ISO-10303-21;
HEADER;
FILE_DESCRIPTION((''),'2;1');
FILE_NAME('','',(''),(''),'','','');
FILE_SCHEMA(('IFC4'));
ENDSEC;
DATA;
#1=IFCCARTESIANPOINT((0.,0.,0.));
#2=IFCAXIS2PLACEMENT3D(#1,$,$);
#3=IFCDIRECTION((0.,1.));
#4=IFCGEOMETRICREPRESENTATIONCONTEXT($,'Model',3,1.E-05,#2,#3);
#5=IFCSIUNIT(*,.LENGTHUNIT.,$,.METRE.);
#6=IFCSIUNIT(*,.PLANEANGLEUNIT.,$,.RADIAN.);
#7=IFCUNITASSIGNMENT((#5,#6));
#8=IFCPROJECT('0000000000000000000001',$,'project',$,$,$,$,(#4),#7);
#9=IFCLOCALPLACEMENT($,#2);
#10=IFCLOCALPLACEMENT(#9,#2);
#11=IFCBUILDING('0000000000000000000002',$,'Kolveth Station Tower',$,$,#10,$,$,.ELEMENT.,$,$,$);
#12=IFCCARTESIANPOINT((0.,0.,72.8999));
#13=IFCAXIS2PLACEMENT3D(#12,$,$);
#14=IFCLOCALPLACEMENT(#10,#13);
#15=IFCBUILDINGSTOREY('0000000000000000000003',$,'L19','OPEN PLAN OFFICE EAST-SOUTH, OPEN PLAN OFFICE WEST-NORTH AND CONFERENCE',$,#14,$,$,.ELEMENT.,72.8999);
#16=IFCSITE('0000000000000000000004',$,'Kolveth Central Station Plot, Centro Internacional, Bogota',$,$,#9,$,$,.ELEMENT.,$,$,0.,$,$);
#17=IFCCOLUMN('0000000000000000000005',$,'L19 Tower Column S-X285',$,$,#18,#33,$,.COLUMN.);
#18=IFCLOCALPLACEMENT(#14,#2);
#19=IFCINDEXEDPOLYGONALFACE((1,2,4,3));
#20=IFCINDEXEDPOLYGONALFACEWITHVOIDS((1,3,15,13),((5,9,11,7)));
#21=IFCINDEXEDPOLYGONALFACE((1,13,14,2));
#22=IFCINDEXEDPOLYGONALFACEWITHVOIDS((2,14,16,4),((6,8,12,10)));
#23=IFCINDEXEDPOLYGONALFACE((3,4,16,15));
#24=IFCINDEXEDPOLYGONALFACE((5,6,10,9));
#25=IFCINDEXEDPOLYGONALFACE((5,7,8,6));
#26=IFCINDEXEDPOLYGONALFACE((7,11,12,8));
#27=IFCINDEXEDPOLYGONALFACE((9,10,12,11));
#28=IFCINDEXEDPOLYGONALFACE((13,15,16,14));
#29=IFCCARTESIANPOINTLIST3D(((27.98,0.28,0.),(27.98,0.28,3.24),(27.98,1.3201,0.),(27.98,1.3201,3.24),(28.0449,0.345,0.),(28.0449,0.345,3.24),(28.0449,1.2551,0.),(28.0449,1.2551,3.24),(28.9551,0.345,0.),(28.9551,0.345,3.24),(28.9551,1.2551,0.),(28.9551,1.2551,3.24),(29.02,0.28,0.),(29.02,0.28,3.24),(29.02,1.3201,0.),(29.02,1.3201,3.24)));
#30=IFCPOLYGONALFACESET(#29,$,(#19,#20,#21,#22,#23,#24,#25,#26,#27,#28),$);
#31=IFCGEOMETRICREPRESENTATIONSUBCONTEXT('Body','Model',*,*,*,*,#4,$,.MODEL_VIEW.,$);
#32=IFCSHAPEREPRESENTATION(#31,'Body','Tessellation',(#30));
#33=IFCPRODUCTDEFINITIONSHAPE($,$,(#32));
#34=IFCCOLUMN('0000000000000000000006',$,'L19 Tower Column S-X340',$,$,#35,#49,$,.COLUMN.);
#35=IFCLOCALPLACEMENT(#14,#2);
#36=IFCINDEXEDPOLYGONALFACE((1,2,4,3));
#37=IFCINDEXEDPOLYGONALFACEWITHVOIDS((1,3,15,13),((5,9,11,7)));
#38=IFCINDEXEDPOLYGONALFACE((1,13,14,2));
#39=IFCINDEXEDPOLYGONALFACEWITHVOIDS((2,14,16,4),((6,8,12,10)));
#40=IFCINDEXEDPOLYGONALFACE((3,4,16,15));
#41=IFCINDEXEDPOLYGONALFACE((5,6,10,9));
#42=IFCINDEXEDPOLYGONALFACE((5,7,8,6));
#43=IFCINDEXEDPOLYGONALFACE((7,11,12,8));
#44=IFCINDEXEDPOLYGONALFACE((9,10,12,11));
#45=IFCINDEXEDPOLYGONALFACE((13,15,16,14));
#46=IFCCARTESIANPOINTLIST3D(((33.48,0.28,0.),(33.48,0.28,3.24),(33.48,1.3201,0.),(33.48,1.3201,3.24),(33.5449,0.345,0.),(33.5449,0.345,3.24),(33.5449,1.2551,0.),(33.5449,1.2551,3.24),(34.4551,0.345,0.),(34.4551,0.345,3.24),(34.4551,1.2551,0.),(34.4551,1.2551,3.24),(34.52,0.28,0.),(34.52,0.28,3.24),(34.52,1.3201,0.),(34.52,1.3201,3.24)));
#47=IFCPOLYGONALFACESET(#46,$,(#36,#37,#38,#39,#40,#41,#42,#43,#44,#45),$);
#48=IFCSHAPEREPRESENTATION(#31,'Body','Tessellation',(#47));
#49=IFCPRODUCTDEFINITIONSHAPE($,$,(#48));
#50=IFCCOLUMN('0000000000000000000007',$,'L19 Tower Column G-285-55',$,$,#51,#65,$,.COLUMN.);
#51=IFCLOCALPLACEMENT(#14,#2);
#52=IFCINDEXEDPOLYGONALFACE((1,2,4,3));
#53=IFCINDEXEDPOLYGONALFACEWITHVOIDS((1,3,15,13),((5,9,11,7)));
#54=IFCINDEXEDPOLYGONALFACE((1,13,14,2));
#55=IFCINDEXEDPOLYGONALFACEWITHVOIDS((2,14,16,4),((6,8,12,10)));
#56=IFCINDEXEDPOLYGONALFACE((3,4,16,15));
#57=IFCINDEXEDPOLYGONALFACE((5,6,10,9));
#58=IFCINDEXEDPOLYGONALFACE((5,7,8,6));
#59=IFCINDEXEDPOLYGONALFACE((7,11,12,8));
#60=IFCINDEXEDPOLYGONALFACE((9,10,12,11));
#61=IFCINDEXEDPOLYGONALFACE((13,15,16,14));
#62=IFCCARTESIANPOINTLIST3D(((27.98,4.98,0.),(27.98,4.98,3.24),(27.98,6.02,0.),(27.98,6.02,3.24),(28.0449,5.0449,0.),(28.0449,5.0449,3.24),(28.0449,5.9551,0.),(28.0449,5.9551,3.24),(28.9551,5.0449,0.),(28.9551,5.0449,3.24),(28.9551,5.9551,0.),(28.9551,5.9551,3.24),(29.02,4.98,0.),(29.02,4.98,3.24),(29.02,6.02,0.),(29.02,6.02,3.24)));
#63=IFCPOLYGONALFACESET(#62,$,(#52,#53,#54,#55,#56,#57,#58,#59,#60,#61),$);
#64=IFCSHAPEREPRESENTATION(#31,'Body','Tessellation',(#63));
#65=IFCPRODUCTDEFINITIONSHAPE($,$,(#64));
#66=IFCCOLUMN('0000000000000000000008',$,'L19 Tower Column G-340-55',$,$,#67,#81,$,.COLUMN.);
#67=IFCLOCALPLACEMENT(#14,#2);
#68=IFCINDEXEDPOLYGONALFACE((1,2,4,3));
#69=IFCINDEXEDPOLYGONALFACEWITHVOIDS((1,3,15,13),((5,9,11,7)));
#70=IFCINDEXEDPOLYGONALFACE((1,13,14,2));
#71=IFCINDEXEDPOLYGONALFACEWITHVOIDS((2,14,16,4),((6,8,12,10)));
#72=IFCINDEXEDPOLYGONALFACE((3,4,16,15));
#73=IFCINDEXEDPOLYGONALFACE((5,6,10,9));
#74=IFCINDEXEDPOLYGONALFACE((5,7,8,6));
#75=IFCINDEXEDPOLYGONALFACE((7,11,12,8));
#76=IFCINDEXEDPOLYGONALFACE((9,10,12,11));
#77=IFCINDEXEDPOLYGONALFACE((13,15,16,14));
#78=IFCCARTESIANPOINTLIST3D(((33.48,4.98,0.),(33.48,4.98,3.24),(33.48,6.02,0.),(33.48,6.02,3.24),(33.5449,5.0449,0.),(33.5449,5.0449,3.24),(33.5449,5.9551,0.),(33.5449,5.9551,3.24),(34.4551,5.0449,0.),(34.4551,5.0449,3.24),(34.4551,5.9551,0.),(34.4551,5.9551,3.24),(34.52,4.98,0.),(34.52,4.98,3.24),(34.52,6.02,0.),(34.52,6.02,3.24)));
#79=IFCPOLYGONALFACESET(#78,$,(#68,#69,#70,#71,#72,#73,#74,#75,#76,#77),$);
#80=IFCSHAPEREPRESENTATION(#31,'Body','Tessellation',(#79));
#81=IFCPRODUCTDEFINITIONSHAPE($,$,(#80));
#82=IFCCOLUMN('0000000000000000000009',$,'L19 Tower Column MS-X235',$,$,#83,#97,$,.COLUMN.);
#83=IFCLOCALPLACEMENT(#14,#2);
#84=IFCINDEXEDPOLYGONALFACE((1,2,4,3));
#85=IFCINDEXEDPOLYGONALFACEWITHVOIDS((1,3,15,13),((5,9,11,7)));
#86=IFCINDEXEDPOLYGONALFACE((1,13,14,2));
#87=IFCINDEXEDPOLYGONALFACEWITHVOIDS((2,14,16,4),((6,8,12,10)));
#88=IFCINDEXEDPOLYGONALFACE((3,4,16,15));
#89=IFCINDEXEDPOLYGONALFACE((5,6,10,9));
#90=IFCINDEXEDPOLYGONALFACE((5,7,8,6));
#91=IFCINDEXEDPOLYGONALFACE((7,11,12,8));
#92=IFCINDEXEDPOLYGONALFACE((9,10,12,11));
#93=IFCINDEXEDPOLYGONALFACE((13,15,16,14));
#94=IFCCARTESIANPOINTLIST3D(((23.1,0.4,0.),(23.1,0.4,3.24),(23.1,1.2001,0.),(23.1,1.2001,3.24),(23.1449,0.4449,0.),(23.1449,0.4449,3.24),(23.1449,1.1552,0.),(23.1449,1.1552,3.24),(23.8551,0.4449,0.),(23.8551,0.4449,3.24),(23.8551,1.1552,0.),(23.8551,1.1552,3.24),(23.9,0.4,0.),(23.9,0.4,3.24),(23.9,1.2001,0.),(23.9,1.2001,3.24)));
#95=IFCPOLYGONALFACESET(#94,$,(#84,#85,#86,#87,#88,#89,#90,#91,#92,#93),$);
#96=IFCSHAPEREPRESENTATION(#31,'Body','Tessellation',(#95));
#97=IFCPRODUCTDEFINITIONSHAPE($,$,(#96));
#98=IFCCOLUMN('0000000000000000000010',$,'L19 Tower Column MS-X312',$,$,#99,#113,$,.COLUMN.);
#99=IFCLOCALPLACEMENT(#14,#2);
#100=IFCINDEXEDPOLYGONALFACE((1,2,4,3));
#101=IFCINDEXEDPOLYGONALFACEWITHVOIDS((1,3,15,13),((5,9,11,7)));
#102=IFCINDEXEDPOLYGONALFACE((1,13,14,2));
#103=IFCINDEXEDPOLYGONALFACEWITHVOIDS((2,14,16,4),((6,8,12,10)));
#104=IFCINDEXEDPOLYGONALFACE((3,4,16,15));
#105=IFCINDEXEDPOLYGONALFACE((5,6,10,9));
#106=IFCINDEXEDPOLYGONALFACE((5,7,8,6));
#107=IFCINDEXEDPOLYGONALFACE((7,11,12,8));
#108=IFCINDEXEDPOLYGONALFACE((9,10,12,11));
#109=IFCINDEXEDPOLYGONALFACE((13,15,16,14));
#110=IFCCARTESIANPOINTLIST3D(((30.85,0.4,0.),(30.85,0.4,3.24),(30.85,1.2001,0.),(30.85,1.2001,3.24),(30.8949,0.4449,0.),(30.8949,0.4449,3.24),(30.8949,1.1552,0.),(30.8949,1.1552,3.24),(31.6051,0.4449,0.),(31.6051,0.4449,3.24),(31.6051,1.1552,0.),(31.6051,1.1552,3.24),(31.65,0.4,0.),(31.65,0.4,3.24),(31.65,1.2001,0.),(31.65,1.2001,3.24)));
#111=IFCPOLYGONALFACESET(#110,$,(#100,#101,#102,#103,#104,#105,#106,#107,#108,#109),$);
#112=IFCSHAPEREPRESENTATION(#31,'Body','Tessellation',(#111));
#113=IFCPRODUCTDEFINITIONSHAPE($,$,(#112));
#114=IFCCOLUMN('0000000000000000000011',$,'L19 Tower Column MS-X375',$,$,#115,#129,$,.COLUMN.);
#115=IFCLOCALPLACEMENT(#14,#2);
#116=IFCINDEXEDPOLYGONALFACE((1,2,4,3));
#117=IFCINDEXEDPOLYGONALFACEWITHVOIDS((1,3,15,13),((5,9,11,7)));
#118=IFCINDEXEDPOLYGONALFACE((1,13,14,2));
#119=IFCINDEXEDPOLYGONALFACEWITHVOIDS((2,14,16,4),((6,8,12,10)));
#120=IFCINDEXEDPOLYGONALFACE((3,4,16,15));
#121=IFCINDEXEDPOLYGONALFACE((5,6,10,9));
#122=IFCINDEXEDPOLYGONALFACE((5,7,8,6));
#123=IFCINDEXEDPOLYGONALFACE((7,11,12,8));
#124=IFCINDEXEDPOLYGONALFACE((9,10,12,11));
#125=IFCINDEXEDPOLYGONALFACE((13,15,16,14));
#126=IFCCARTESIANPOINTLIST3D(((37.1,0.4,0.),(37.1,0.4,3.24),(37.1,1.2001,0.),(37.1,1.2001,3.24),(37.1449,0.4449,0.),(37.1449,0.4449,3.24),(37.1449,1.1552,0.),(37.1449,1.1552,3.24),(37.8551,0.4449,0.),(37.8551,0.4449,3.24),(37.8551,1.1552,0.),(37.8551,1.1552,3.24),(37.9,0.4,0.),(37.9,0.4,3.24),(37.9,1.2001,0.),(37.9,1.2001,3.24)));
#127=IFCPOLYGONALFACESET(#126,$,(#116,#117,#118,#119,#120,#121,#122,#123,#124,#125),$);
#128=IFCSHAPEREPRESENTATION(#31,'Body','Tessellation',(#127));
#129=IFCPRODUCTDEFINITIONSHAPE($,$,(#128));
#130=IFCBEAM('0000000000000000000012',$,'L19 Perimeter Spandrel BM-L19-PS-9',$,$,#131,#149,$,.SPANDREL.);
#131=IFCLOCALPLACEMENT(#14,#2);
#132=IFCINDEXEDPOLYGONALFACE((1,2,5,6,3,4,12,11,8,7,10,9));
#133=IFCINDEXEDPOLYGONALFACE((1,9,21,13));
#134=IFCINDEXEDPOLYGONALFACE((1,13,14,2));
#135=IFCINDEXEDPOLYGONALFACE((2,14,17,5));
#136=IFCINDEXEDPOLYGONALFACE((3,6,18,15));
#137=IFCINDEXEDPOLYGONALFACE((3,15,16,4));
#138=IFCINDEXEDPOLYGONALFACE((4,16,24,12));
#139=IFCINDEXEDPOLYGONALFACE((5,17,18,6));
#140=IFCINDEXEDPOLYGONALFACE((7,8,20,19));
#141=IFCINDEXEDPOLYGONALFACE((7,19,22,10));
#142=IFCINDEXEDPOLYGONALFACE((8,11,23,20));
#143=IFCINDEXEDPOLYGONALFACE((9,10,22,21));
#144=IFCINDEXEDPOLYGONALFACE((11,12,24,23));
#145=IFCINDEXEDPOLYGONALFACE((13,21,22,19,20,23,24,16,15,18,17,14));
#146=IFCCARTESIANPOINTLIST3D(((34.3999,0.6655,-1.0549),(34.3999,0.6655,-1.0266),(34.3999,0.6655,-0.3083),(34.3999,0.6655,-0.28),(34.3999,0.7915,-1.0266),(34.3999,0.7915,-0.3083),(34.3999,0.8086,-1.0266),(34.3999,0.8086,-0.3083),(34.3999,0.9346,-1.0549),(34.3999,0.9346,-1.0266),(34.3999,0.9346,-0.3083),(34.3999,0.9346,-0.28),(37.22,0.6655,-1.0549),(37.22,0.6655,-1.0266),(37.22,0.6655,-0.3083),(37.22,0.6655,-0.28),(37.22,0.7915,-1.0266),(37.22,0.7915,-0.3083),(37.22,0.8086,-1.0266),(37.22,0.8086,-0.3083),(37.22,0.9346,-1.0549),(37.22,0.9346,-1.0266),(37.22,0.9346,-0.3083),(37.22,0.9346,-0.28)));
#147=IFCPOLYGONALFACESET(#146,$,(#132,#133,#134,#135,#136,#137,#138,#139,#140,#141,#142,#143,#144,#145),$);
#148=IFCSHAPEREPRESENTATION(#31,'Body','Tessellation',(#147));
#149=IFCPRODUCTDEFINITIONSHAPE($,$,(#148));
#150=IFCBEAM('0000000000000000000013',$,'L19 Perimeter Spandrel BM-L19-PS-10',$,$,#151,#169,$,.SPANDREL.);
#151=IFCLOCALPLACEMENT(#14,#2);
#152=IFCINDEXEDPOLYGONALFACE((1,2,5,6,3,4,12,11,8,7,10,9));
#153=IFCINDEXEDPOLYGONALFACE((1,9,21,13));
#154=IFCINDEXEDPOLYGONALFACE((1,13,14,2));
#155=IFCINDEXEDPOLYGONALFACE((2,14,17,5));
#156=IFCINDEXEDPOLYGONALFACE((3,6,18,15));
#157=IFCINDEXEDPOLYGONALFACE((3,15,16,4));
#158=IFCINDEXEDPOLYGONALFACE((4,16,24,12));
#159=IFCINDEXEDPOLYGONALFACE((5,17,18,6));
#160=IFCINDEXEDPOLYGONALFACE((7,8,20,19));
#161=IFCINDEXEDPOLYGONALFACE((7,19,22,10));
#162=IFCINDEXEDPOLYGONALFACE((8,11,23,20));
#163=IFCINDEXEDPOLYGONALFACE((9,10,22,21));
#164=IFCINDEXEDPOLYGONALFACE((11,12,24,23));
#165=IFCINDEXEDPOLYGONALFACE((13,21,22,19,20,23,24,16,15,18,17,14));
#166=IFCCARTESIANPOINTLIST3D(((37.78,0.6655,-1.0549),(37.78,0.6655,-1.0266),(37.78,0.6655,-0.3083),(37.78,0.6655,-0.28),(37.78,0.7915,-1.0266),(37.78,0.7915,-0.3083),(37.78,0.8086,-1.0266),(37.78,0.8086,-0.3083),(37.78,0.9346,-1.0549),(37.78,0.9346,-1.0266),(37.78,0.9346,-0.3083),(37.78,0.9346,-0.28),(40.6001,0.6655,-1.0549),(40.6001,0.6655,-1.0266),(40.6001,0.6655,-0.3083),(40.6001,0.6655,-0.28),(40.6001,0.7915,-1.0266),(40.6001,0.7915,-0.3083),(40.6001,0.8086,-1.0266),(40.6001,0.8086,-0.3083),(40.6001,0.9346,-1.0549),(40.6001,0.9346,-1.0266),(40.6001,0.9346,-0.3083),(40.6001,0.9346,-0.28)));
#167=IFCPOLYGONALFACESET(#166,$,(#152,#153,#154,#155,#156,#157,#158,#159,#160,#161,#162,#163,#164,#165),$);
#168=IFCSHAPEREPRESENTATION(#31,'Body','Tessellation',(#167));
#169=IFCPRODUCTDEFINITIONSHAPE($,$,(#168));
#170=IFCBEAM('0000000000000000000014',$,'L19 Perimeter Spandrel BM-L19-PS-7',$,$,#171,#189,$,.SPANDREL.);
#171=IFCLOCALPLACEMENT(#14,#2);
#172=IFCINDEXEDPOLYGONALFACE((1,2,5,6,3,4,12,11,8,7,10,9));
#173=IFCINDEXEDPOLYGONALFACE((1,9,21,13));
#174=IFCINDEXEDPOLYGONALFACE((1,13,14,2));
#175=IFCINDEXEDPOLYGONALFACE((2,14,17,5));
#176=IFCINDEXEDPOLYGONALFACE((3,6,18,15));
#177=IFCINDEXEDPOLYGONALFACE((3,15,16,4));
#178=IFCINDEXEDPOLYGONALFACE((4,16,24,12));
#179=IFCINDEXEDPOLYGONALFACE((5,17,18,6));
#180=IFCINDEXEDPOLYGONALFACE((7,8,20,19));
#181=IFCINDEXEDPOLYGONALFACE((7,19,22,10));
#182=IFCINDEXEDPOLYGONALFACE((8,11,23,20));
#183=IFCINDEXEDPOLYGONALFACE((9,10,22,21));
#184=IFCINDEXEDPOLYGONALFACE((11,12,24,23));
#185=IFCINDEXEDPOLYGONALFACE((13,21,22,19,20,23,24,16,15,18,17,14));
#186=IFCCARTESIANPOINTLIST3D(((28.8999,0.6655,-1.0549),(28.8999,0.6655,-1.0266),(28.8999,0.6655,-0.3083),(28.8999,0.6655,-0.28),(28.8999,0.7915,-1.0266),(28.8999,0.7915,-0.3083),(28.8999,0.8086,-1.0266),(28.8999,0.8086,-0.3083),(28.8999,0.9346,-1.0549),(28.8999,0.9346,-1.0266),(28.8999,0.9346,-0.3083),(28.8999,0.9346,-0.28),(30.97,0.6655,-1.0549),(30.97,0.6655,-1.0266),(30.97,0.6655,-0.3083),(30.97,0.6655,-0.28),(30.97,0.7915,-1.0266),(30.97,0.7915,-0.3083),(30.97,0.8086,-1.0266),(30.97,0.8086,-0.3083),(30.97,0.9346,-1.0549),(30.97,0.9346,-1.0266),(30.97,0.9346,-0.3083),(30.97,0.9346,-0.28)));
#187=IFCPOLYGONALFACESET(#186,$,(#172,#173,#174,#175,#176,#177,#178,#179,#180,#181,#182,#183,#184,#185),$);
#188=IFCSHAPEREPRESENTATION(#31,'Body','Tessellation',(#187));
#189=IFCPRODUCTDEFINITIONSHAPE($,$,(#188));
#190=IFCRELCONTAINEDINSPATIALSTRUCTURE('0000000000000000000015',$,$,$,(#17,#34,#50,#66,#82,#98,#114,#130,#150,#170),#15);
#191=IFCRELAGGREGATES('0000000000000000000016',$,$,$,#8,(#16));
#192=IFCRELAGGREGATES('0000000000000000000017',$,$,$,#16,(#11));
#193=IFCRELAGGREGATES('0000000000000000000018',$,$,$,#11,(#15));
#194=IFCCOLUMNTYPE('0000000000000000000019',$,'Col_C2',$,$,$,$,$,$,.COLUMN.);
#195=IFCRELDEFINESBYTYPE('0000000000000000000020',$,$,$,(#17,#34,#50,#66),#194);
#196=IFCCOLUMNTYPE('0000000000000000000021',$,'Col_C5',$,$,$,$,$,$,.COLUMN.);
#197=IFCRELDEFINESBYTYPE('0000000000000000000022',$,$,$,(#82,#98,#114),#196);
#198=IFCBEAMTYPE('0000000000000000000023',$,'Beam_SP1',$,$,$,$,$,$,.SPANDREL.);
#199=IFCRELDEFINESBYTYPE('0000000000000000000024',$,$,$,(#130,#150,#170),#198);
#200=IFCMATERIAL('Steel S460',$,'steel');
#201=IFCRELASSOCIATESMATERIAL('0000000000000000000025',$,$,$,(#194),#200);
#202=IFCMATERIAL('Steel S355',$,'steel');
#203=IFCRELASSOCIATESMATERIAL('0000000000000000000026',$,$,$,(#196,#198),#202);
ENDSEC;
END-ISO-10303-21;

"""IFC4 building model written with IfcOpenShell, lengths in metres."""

from ifc_helpers import new_model, si_unit, direction, frame, origin, origin_2d, place, context, subcontext, project, spatial, hollow_rectangle, i_section, extrude, source, transform, mapped, material, material_profile, profile_set, type_object, element, save


model = new_model("IFC4")

# Units and contexts
model_context = context("Model", 3, precision=1e-05, world=origin(), true_north=direction((0.0, 1.0)))
body_context = subcontext(model_context, "Body", "Model", "MODEL_VIEW")
ifc_project = project(units=[si_unit("LENGTHUNIT", "METRE"), si_unit("PLANEANGLEUNIT", "RADIAN")], contexts=[model_context])

# Site, building, storey
site_placement = place(None, origin())
site = spatial("IfcSite", under=ifc_project, at=site_placement, Name="Kolveth Central Station Plot, Centro Internacional, Bogota", CompositionType="ELEMENT", RefElevation=0.0)
building_placement = place(site_placement, origin())
building = spatial("IfcBuilding", under=site, at=building_placement, Name="Kolveth Station Tower", CompositionType="ELEMENT")
storey_placement = place(building_placement, frame((0.0, 0.0, 72.8999)))
storey = spatial("IfcBuildingStorey", under=building, at=storey_placement, Name="L19", Description="OPEN PLAN OFFICE EAST-SOUTH, OPEN PLAN OFFICE WEST-NORTH AND CONFERENCE", CompositionType="ELEMENT", Elevation=72.8999)

# Columns
ifc_material_1 = material(Name="Steel S460", Category="steel")
ifc_material_profile_1 = material_profile(ifc_material_1, hollow_rectangle(XDim=1.04, YDim=1.04, WallThickness=0.0649, at=origin_2d()), Name="BOX1040x1040x65")
ifc_profile_set_1 = profile_set([ifc_material_profile_1], Name="Steel S460")
column_type_1 = type_object("IfcColumnType", Name="Col_C2", PredefinedType="COLUMN", material=ifc_profile_set_1)
shared_shape_1 = source(origin(), body_context, "Body", "SweptSolid", [
    extrude(hollow_rectangle(XDim=1.04, YDim=1.04, WallThickness=0.0649, at=origin_2d()), origin(), (0.0, 0.0, 1.0), 3.24),
])
for number, where, z_axis, x_axis, name in (
    (1, (28.5, 0.8, 0.0), (0.0, 0.0, 1.0), (1.0, 0.0, 0.0), "L19 Tower Column S-X285"),
    (2, (34.0, 0.8, 0.0), (0.0, 0.0, 1.0), (1.0, 0.0, 0.0), "L19 Tower Column S-X340"),
    (3, (28.5, 5.5, 0.0), (0.0, 0.0, 1.0), (1.0, 0.0, 0.0), "L19 Tower Column G-285-55"),
    (4, (34.0, 5.5, 0.0), (0.0, 0.0, 1.0), (1.0, 0.0, 0.0), "L19 Tower Column G-340-55"),
):
    element("IfcColumn", number, at=place(storey_placement, frame(where, z_axis=z_axis, x_axis=x_axis)), inside=storey, type_object=column_type_1, Name=name, PredefinedType="COLUMN", context=body_context, shape_type="MappedRepresentation", body=[
        mapped(shared_shape_1, transform((0.0, 0.0, 0.0), x_axis=(1.0, 0.0, 0.0), y_axis=(0.0, 1.0, 0.0), z_axis=(0.0, 0.0, 1.0), scale=1.0)),
    ])
ifc_material_2 = material(Name="Steel S355", Category="steel")
ifc_material_profile_2 = material_profile(ifc_material_2, hollow_rectangle(XDim=0.8, YDim=0.8, WallThickness=0.0449, at=origin_2d()), Name="BOX800x800x45")
ifc_profile_set_2 = profile_set([ifc_material_profile_2], Name="Steel S355")
column_type_2 = type_object("IfcColumnType", Name="Col_C5", PredefinedType="COLUMN", material=ifc_profile_set_2)
shared_shape_2 = source(origin(), body_context, "Body", "SweptSolid", [
    extrude(hollow_rectangle(XDim=0.8, YDim=0.8, WallThickness=0.0449, at=origin_2d()), origin(), (0.0, 0.0, 1.0), 3.24),
])
for number, where, z_axis, x_axis, name in (
    (5, (23.5, 0.8, 0.0), (0.0, 0.0, 1.0), (1.0, 0.0, 0.0), "L19 Tower Column MS-X235"),
    (6, (31.25, 0.8, 0.0), (0.0, 0.0, 1.0), (1.0, 0.0, 0.0), "L19 Tower Column MS-X312"),
    (7, (37.5, 0.8, 0.0), (0.0, 0.0, 1.0), (1.0, 0.0, 0.0), "L19 Tower Column MS-X375"),
):
    element("IfcColumn", number, at=place(storey_placement, frame(where, z_axis=z_axis, x_axis=x_axis)), inside=storey, type_object=column_type_2, Name=name, PredefinedType="COLUMN", context=body_context, shape_type="MappedRepresentation", body=[
        mapped(shared_shape_2, transform((0.0, 0.0, 0.0), x_axis=(1.0, 0.0, 0.0), y_axis=(0.0, 1.0, 0.0), z_axis=(0.0, 0.0, 1.0), scale=1.0)),
    ])

# Beams
ifc_material_profile_3 = material_profile(ifc_material_2, i_section(OverallWidth=0.269, OverallDepth=0.7749, WebThickness=0.0171, FlangeThickness=0.0283, at=origin_2d()), Name="W760x220")
ifc_profile_set_3 = profile_set([ifc_material_profile_3], Name="Steel S355")
beam_type_1 = type_object("IfcBeamType", Name="Beam_SP1", PredefinedType="SPANDREL", material=ifc_profile_set_3)
shared_shape_3 = source(origin(), body_context, "Body", "SweptSolid", [
    extrude(i_section(OverallWidth=0.269, OverallDepth=0.7749, WebThickness=0.0171, FlangeThickness=0.0283, at=origin_2d()), origin(), (0.0, 0.0, 1.0), 2.8201),
])
for number, where, z_axis, x_axis, name in (
    (8, (34.3999, 0.8, -0.6675), (1.0, 0.0, 0.0), (0.0, 1.0, 0.0), "L19 Perimeter Spandrel BM-L19-PS-9"),
    (9, (37.78, 0.8, -0.6675), (1.0, 0.0, 0.0), (0.0, 1.0, 0.0), "L19 Perimeter Spandrel BM-L19-PS-10"),
):
    element("IfcBeam", number, at=place(storey_placement, frame(where, z_axis=z_axis, x_axis=x_axis)), inside=storey, type_object=beam_type_1, Name=name, PredefinedType="SPANDREL", context=body_context, shape_type="MappedRepresentation", body=[
        mapped(shared_shape_3, transform((0.0, 0.0, 0.0), x_axis=(1.0, 0.0, 0.0), y_axis=(0.0, 1.0, 0.0), z_axis=(0.0, 0.0, 1.0), scale=1.0)),
    ])
shared_shape_4 = source(origin(), body_context, "Body", "SweptSolid", [
    extrude(i_section(OverallWidth=0.269, OverallDepth=0.7749, WebThickness=0.0171, FlangeThickness=0.0283, at=origin_2d()), origin(), (0.0, 0.0, 1.0), 2.0701),
])
for number, where, z_axis, x_axis, name in (
    (10, (28.8999, 0.8, -0.6675), (1.0, 0.0, 0.0), (0.0, 1.0, 0.0), "L19 Perimeter Spandrel BM-L19-PS-7"),
):
    element("IfcBeam", number, at=place(storey_placement, frame(where, z_axis=z_axis, x_axis=x_axis)), inside=storey, type_object=beam_type_1, Name=name, PredefinedType="SPANDREL", context=body_context, shape_type="MappedRepresentation", body=[
        mapped(shared_shape_4, transform((0.0, 0.0, 0.0), x_axis=(1.0, 0.0, 0.0), y_axis=(0.0, 1.0, 0.0), z_axis=(0.0, 0.0, 1.0), scale=1.0)),
    ])

save(model, "model.ifc")
